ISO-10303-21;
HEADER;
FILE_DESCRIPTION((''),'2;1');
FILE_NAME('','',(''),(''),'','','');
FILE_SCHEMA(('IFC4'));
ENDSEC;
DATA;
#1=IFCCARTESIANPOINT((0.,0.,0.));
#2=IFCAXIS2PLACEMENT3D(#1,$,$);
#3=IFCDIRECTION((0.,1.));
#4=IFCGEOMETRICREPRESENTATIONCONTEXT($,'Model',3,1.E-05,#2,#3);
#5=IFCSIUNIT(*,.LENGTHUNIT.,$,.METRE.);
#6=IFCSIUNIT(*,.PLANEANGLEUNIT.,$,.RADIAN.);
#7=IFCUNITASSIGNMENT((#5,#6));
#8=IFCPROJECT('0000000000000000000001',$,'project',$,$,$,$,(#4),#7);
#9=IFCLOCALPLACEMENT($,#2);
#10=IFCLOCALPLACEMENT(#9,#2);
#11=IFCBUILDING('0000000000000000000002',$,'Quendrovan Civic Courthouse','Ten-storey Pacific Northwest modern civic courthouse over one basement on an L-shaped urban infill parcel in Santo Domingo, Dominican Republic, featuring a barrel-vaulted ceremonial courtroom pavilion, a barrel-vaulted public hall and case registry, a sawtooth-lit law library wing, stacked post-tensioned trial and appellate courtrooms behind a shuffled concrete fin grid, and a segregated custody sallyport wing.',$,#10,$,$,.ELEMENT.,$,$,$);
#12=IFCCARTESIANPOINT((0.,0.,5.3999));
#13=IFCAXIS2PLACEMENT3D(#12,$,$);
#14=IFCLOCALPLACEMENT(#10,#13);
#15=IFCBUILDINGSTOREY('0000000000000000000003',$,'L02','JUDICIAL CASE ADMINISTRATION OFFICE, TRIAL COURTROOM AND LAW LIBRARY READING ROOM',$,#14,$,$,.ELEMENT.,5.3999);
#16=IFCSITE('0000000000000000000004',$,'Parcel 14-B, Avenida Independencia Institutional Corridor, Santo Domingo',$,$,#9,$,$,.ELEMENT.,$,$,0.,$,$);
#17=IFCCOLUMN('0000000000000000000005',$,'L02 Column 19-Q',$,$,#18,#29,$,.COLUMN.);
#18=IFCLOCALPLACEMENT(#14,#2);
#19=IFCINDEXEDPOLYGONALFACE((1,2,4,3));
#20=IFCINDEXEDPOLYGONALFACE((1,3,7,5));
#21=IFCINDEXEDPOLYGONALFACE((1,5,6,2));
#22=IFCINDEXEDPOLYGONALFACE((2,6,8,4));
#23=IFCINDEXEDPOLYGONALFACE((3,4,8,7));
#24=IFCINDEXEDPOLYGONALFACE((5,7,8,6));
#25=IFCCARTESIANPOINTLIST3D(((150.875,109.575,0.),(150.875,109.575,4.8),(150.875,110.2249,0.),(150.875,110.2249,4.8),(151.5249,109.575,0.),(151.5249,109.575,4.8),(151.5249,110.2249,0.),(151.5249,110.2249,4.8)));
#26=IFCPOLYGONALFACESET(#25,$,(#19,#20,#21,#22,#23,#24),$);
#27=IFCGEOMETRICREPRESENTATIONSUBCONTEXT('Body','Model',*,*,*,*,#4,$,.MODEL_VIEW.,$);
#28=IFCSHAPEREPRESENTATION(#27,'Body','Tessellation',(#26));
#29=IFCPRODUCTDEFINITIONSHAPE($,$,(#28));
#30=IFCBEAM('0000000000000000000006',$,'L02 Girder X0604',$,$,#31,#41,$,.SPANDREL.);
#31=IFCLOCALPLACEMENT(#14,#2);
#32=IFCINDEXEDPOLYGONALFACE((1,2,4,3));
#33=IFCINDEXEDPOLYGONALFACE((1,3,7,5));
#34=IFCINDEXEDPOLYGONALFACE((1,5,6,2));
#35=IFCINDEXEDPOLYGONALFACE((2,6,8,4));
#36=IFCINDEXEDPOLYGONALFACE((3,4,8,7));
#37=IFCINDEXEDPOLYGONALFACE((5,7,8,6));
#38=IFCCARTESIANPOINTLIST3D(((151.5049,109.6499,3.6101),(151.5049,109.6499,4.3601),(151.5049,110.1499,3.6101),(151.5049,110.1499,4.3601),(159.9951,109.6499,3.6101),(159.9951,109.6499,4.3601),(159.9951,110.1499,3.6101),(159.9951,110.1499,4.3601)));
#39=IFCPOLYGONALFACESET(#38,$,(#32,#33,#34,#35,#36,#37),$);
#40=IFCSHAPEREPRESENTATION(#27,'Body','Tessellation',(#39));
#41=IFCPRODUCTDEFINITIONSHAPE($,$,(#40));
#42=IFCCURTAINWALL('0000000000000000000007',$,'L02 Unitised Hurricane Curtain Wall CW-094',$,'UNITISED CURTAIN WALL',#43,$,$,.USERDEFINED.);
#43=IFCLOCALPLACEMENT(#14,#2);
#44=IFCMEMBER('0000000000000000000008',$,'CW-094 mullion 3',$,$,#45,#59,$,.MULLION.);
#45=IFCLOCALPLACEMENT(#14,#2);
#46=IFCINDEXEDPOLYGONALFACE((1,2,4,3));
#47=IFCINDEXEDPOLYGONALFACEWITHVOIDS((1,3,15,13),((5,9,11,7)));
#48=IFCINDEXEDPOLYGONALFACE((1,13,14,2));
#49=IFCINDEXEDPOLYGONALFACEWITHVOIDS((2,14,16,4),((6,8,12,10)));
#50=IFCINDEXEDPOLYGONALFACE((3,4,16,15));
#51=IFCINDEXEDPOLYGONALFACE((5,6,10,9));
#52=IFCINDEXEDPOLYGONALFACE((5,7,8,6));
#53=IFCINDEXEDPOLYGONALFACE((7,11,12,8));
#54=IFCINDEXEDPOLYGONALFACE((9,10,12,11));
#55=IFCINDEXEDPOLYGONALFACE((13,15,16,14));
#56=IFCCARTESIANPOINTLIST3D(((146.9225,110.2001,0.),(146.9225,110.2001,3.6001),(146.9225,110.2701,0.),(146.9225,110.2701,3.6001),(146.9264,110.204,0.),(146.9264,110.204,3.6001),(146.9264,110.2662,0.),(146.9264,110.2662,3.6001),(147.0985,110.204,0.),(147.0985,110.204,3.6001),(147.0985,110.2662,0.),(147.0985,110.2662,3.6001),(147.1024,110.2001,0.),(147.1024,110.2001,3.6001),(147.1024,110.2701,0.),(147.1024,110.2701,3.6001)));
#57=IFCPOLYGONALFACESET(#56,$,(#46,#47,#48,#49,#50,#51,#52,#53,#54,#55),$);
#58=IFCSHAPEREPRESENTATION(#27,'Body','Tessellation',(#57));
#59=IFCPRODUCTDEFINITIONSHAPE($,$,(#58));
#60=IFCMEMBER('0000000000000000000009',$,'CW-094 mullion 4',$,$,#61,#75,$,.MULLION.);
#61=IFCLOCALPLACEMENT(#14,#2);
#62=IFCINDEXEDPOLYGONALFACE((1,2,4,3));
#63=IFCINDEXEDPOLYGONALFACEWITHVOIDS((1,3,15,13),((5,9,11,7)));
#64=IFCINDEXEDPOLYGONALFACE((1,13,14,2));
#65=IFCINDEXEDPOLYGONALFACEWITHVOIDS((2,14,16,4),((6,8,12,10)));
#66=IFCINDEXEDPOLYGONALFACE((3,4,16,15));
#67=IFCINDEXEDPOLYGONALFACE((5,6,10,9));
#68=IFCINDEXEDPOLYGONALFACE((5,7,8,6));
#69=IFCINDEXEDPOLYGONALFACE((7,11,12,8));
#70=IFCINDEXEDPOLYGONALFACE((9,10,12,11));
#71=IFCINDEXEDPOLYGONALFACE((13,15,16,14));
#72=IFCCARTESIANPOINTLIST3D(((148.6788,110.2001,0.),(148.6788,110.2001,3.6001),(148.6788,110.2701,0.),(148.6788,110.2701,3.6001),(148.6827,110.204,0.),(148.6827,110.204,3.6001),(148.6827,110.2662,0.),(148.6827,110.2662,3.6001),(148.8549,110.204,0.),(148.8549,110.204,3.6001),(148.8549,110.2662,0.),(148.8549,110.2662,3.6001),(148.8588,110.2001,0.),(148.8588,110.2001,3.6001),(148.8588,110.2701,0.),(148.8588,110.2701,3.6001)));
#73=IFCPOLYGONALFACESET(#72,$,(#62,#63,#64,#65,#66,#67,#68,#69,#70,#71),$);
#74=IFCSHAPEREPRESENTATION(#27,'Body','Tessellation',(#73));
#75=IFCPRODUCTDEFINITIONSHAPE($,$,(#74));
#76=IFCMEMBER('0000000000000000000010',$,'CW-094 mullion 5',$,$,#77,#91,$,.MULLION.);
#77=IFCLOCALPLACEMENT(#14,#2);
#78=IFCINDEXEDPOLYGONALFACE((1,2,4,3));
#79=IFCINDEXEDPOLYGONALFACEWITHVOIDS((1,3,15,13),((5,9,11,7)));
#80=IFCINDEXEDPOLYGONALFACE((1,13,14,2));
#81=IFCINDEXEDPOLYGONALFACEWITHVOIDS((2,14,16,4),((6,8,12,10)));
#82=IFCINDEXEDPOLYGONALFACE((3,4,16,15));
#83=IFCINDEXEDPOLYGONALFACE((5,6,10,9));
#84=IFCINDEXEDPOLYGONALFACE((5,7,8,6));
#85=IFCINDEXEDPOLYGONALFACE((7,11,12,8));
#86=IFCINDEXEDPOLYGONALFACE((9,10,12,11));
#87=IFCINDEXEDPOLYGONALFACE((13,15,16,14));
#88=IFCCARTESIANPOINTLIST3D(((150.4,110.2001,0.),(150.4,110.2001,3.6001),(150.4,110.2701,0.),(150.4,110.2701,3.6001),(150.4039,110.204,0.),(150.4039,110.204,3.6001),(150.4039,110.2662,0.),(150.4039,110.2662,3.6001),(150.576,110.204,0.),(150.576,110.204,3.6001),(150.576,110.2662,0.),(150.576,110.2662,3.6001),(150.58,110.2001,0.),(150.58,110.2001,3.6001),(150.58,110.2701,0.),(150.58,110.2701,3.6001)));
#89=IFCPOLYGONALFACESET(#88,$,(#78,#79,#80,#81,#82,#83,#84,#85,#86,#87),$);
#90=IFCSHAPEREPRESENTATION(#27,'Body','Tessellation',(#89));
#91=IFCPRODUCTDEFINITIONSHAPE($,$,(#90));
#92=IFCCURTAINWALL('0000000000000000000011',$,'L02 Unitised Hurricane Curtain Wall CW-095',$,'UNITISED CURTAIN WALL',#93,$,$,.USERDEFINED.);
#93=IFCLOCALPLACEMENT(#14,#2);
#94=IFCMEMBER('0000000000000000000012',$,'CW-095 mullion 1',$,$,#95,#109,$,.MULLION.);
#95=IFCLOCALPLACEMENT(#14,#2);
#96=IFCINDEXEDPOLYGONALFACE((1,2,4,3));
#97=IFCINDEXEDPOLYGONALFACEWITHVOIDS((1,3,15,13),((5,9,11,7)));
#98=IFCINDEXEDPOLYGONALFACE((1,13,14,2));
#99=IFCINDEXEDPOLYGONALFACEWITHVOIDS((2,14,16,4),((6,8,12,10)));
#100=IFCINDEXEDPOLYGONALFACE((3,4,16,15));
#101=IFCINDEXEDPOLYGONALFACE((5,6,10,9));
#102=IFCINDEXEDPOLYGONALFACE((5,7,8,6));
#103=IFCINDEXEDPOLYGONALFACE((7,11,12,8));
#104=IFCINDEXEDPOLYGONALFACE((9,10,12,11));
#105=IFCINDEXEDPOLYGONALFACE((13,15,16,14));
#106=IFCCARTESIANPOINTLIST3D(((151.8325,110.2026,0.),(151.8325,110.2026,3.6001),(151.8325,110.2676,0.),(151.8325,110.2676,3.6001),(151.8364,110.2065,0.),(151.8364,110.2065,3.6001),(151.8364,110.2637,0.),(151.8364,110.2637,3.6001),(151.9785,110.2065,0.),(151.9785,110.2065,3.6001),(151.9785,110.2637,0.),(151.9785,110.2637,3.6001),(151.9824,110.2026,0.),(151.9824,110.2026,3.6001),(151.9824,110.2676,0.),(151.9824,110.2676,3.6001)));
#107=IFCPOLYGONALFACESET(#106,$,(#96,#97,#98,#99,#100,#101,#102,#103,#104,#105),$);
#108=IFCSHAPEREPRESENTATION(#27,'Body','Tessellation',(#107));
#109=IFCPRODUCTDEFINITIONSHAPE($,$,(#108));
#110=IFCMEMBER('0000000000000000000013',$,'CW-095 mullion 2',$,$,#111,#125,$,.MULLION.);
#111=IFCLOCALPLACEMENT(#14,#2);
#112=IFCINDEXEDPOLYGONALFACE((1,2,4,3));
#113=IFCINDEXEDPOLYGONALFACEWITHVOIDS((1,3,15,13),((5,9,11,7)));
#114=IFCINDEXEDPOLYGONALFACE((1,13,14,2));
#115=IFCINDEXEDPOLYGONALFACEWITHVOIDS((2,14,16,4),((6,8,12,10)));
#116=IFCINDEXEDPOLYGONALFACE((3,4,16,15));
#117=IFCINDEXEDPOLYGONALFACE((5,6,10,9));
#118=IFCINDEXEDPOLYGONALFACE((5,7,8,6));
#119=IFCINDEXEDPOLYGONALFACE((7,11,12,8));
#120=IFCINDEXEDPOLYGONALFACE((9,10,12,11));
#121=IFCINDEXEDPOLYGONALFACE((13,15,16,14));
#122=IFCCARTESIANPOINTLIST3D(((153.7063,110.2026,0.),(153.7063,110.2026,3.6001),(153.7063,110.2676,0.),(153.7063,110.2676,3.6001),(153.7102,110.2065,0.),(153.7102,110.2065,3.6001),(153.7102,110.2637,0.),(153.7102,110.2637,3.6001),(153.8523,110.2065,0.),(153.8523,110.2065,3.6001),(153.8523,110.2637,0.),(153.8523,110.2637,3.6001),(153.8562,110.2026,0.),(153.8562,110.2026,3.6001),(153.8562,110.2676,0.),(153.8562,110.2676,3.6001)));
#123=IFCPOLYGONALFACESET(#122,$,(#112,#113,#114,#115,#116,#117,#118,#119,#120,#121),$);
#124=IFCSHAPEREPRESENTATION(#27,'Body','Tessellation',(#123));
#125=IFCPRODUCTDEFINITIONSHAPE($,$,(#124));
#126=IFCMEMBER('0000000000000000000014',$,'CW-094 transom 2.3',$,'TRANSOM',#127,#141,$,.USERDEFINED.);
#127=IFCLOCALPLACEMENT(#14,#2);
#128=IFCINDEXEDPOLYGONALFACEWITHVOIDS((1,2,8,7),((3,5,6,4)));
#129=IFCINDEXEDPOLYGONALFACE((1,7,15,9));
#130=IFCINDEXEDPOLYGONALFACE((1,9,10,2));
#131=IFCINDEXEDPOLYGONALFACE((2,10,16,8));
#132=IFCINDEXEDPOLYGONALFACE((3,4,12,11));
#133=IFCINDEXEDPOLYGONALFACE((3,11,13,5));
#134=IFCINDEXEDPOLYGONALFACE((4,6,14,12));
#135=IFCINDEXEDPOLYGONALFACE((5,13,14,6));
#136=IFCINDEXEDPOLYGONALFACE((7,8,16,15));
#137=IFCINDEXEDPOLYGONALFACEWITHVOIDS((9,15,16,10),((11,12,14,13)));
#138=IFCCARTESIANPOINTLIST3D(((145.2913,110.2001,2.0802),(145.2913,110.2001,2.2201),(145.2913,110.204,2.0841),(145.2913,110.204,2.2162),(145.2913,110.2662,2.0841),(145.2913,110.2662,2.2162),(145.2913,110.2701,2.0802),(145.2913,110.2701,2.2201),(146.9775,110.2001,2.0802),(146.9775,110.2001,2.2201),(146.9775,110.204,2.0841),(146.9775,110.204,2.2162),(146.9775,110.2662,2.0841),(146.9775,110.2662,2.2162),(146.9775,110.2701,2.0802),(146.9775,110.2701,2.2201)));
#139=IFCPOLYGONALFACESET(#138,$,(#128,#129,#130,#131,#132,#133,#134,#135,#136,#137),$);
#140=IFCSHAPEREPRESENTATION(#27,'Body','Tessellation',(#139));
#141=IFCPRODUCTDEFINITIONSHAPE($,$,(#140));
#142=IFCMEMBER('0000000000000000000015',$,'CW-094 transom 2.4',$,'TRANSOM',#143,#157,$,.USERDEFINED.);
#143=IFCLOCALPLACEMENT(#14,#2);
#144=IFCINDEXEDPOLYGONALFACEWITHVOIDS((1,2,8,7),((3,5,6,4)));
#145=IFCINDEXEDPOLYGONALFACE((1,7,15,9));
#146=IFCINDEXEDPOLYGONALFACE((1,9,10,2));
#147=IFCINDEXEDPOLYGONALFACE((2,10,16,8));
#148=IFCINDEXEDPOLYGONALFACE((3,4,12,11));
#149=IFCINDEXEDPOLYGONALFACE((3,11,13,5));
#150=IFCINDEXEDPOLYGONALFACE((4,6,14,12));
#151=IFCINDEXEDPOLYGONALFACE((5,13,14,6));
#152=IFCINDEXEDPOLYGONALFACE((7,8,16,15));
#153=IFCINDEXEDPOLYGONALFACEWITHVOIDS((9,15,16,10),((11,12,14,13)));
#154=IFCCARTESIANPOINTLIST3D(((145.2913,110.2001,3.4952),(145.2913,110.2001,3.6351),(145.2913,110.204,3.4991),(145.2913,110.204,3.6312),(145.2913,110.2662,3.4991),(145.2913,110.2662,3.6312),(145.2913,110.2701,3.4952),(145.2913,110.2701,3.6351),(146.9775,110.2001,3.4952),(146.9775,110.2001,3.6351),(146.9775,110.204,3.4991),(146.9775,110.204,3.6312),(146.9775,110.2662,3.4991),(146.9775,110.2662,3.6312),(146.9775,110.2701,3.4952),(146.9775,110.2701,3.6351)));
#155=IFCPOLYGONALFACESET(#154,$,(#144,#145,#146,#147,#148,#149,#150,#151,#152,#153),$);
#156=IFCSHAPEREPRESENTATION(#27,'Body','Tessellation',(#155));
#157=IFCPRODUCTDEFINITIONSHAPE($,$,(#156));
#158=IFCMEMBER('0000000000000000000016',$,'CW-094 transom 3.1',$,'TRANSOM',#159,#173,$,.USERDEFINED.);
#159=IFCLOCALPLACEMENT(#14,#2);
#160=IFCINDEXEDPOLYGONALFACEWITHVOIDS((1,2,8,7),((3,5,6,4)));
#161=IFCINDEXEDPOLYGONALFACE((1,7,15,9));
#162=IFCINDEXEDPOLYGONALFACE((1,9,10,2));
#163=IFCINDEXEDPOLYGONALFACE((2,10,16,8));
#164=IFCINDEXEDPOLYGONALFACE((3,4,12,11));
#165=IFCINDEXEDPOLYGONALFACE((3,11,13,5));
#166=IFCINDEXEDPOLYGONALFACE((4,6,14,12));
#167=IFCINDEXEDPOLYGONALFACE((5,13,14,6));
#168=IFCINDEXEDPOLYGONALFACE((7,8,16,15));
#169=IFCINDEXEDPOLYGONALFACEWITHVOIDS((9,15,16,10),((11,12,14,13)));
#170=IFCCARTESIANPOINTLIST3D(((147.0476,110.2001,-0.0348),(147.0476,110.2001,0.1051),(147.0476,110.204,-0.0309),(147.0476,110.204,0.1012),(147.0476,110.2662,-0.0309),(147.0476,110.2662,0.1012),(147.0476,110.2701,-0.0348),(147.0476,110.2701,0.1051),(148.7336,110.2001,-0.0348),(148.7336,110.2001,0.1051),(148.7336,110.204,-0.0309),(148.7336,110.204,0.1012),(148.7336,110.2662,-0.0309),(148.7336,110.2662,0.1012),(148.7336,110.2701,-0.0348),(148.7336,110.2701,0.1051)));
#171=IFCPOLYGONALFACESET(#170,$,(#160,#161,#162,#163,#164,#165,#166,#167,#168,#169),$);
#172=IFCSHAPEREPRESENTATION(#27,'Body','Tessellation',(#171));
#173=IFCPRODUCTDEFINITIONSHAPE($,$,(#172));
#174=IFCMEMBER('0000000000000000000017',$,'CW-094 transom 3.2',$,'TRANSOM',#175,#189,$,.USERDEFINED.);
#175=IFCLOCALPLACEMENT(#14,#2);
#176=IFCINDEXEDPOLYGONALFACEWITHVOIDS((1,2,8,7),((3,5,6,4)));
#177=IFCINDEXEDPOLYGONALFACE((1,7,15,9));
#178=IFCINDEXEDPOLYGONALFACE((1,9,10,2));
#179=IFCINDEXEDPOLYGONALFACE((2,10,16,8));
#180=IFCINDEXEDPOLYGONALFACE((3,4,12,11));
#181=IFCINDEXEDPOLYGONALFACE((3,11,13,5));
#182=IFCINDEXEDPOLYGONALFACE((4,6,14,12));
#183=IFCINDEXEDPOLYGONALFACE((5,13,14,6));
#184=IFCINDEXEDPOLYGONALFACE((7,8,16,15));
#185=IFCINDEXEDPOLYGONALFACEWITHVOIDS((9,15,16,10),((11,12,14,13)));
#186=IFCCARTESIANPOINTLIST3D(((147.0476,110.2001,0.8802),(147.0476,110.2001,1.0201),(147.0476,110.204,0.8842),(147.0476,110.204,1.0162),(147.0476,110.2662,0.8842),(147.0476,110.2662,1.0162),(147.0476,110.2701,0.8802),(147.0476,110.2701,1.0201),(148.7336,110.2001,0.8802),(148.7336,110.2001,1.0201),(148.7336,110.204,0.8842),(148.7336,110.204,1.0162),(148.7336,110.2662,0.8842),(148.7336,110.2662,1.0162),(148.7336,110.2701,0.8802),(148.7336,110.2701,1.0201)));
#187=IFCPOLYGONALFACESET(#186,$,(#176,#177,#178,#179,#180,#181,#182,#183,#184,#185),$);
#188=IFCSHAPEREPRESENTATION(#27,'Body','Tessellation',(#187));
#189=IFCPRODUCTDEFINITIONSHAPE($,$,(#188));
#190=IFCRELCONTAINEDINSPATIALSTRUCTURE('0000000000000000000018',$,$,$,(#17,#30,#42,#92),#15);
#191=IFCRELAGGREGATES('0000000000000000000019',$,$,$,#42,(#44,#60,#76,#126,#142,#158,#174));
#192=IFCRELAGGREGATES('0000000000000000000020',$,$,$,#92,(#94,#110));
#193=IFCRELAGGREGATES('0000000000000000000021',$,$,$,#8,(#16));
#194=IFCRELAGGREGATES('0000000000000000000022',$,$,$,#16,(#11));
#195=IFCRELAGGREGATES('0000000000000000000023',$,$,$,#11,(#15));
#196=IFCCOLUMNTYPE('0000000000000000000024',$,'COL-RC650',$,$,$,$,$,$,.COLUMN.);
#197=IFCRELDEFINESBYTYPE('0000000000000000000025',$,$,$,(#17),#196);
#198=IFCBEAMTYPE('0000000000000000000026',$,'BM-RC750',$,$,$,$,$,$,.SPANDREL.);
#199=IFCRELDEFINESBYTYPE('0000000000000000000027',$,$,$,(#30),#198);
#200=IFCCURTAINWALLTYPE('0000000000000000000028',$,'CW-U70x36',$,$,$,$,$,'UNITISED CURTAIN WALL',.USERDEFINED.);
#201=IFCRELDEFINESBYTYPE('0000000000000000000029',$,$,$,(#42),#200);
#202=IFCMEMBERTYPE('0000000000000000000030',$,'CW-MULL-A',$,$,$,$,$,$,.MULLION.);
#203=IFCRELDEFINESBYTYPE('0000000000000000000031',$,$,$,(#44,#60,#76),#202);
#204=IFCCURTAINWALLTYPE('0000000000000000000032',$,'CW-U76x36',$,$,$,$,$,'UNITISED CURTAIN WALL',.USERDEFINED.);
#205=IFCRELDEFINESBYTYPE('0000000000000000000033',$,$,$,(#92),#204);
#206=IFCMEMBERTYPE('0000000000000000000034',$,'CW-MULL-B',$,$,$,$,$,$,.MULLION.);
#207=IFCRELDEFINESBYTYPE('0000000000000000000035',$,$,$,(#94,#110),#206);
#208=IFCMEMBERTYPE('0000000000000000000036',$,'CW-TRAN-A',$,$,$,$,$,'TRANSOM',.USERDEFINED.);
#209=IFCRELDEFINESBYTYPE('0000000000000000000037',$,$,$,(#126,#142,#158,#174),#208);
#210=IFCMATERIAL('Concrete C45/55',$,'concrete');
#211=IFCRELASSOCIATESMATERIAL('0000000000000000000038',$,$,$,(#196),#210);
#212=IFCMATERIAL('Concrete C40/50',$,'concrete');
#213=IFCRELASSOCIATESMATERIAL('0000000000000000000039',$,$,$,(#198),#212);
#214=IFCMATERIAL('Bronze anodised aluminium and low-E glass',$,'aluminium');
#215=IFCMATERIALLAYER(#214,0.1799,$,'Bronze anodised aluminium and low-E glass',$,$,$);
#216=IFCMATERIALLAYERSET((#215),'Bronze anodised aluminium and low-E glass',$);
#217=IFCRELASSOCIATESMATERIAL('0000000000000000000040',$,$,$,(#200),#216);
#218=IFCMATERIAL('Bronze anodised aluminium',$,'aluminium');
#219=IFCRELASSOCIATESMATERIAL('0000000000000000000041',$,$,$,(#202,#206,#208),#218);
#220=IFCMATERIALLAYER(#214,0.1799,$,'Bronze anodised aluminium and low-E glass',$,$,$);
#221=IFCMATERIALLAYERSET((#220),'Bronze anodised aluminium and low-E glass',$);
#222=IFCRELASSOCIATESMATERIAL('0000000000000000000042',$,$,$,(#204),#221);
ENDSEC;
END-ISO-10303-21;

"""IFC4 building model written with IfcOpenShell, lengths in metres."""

from ifc_helpers import new_model, si_unit, direction, frame, origin, origin_2d, place, context, subcontext, project, spatial, rectangle, hollow_rectangle, extrude, material, layer, layer_set, material_profile, profile_set, type_object, element, aggregate, save


model = new_model("IFC4")

# Units and contexts
model_context = context("Model", 3, precision=1e-05, world=origin(), true_north=direction((0.0, 1.0)))
body_context = subcontext(model_context, "Body", "Model", "MODEL_VIEW")
ifc_project = project(units=[si_unit("LENGTHUNIT", "METRE"), si_unit("PLANEANGLEUNIT", "RADIAN")], contexts=[model_context])

# Site, building, storey
site_placement = place(None, origin())
site = spatial("IfcSite", under=ifc_project, at=site_placement, Name="Parcel 14-B, Avenida Independencia Institutional Corridor, Santo Domingo", CompositionType="ELEMENT", RefElevation=0.0)
building_placement = place(site_placement, origin())
building = spatial("IfcBuilding", under=site, at=building_placement, Name="Quendrovan Civic Courthouse", Description="Ten-storey Pacific Northwest modern civic courthouse over one basement on an L-shaped urban infill parcel in Santo Domingo, Dominican Republic, featuring a barrel-vaulted ceremonial courtroom pavilion, a barrel-vaulted public hall and case registry, a sawtooth-lit law library wing, stacked post-tensioned trial and appellate courtrooms behind a shuffled concrete fin grid, and a segregated custody sallyport wing.", CompositionType="ELEMENT")
storey_placement = place(building_placement, frame((0.0, 0.0, 5.3999)))
storey = spatial("IfcBuildingStorey", under=building, at=storey_placement, Name="L02", Description="JUDICIAL CASE ADMINISTRATION OFFICE, TRIAL COURTROOM AND LAW LIBRARY READING ROOM", CompositionType="ELEMENT", Elevation=5.3999)

# Column
ifc_material_1 = material(Name="Concrete C45/55", Category="concrete")
ifc_material_profile_1 = material_profile(ifc_material_1, rectangle(XDim=0.6499, YDim=0.6499, at=origin_2d()), Name="RC-COL-650x650")
ifc_profile_set_1 = profile_set([ifc_material_profile_1], Name="Concrete C45/55")
column_type = type_object("IfcColumnType", Name="COL-RC650", PredefinedType="COLUMN", material=ifc_profile_set_1)
column_placement = place(storey_placement, frame((151.2, 109.8999, 0.0), z_axis=(0.0, 0.0, 1.0), x_axis=(1.0, 0.0, 0.0)))
element("IfcColumn", 1, at=column_placement, inside=storey, type_object=column_type, Name="L02 Column 19-Q", PredefinedType="COLUMN", context=body_context, shape_type="SweptSolid", body=[
    extrude(rectangle(XDim=0.6499, YDim=0.6499, at=origin_2d()), origin(), (0.0, 0.0, 1.0), 4.8),
])

# Beam
ifc_material_2 = material(Name="Concrete C40/50", Category="concrete")
ifc_material_profile_2 = material_profile(ifc_material_2, rectangle(XDim=0.5, YDim=0.75, at=origin_2d()), Name="RC-BM-500x750")
ifc_profile_set_2 = profile_set([ifc_material_profile_2], Name="Concrete C40/50")
beam_type = type_object("IfcBeamType", Name="BM-RC750", PredefinedType="SPANDREL", material=ifc_profile_set_2)
beam_placement = place(storey_placement, frame((151.5049, 109.8999, 3.9851), z_axis=(1.0, 0.0, 0.0), x_axis=(0.0, 1.0, 0.0)))
element("IfcBeam", 2, at=beam_placement, inside=storey, type_object=beam_type, Name="L02 Girder X0604", PredefinedType="SPANDREL", context=body_context, shape_type="SweptSolid", body=[
    extrude(rectangle(XDim=0.5, YDim=0.75, at=origin_2d()), origin(), (0.0, 0.0, 1.0), 8.4902),
])

# Curtain walls, members
ifc_material_3 = material(Name="Bronze anodised aluminium and low-E glass", Category="aluminium")
ifc_layer_1 = layer(ifc_material_3, 0.1799, Name="Bronze anodised aluminium and low-E glass")
ifc_layer_set_1 = layer_set([ifc_layer_1], Name="Bronze anodised aluminium and low-E glass")
curtain_wall_type_1 = type_object("IfcCurtainWallType", Name="CW-U70x36", ElementType="UNITISED CURTAIN WALL", PredefinedType="USERDEFINED", material=ifc_layer_set_1)
curtain_wall_1_placement = place(storey_placement, origin())
curtain_wall_1 = element("IfcCurtainWall", 3, at=curtain_wall_1_placement, inside=storey, type_object=curtain_wall_type_1, Name="L02 Unitised Hurricane Curtain Wall CW-094", ObjectType="UNITISED CURTAIN WALL", PredefinedType="USERDEFINED")
ifc_material_4 = material(Name="Bronze anodised aluminium", Category="aluminium")
ifc_material_profile_3 = material_profile(ifc_material_4, hollow_rectangle(XDim=0.0701, YDim=0.1799, WallThickness=0.0039, at=origin_2d()), Name="CW-MULL-70x180")
ifc_profile_set_3 = profile_set([ifc_material_profile_3], Name="Bronze anodised aluminium")
member_type_1 = type_object("IfcMemberType", Name="CW-MULL-A", PredefinedType="MULLION", material=ifc_profile_set_3)
member_1_placement = place(storey_placement, frame((147.0125, 110.2351, 0.0), z_axis=(0.0, 0.0, 1.0), x_axis=(0.0, 1.0, 0.0)))
member_1 = element("IfcMember", 4, at=member_1_placement, type_object=member_type_1, Name="CW-094 mullion 3", PredefinedType="MULLION", context=body_context, shape_type="SweptSolid", body=[
    extrude(hollow_rectangle(XDim=0.0701, YDim=0.1799, WallThickness=0.0039, at=origin_2d()), origin(), (0.0, 0.0, 1.0), 3.6001),
])
member_2_placement = place(storey_placement, frame((148.7688, 110.2351, 0.0), z_axis=(0.0, 0.0, 1.0), x_axis=(0.0, 1.0, 0.0)))
member_2 = element("IfcMember", 5, at=member_2_placement, type_object=member_type_1, Name="CW-094 mullion 4", PredefinedType="MULLION", context=body_context, shape_type="SweptSolid", body=[
    extrude(hollow_rectangle(XDim=0.0701, YDim=0.1799, WallThickness=0.0039, at=origin_2d()), origin(), (0.0, 0.0, 1.0), 3.6001),
])
member_3_placement = place(storey_placement, frame((150.49, 110.2351, 0.0), z_axis=(0.0, 0.0, 1.0), x_axis=(0.0, 1.0, 0.0)))
member_3 = element("IfcMember", 6, at=member_3_placement, type_object=member_type_1, Name="CW-094 mullion 5", PredefinedType="MULLION", context=body_context, shape_type="SweptSolid", body=[
    extrude(hollow_rectangle(XDim=0.0701, YDim=0.1799, WallThickness=0.0039, at=origin_2d()), origin(), (0.0, 0.0, 1.0), 3.6001),
])
ifc_layer_2 = layer(ifc_material_3, 0.1799, Name="Bronze anodised aluminium and low-E glass")
ifc_layer_set_2 = layer_set([ifc_layer_2], Name="Bronze anodised aluminium and low-E glass")
curtain_wall_type_2 = type_object("IfcCurtainWallType", Name="CW-U76x36", ElementType="UNITISED CURTAIN WALL", PredefinedType="USERDEFINED", material=ifc_layer_set_2)
curtain_wall_2_placement = place(storey_placement, origin())
curtain_wall_2 = element("IfcCurtainWall", 7, at=curtain_wall_2_placement, inside=storey, type_object=curtain_wall_type_2, Name="L02 Unitised Hurricane Curtain Wall CW-095", ObjectType="UNITISED CURTAIN WALL", PredefinedType="USERDEFINED")
ifc_material_profile_4 = material_profile(ifc_material_4, hollow_rectangle(XDim=0.0649, YDim=0.1499, WallThickness=0.0039, at=origin_2d()), Name="CW-MULL-65x150")
ifc_profile_set_4 = profile_set([ifc_material_profile_4], Name="Bronze anodised aluminium")
member_type_2 = type_object("IfcMemberType", Name="CW-MULL-B", PredefinedType="MULLION", material=ifc_profile_set_4)
member_4_placement = place(storey_placement, frame((151.9075, 110.2351, 0.0), z_axis=(0.0, 0.0, 1.0), x_axis=(0.0, 1.0, 0.0)))
member_4 = element("IfcMember", 8, at=member_4_placement, type_object=member_type_2, Name="CW-095 mullion 1", PredefinedType="MULLION", context=body_context, shape_type="SweptSolid", body=[
    extrude(hollow_rectangle(XDim=0.0649, YDim=0.1499, WallThickness=0.0039, at=origin_2d()), origin(), (0.0, 0.0, 1.0), 3.6001),
])
member_5_placement = place(storey_placement, frame((153.7812, 110.2351, 0.0), z_axis=(0.0, 0.0, 1.0), x_axis=(0.0, 1.0, 0.0)))
member_5 = element("IfcMember", 9, at=member_5_placement, type_object=member_type_2, Name="CW-095 mullion 2", PredefinedType="MULLION", context=body_context, shape_type="SweptSolid", body=[
    extrude(hollow_rectangle(XDim=0.0649, YDim=0.1499, WallThickness=0.0039, at=origin_2d()), origin(), (0.0, 0.0, 1.0), 3.6001),
])

# Members
ifc_material_profile_5 = material_profile(ifc_material_4, hollow_rectangle(XDim=0.0701, YDim=0.1399, WallThickness=0.0039, at=origin_2d()), Name="CW-TRAN-70x140")
ifc_profile_set_5 = profile_set([ifc_material_profile_5], Name="Bronze anodised aluminium")
member_type_3 = type_object("IfcMemberType", Name="CW-TRAN-A", ElementType="TRANSOM", PredefinedType="USERDEFINED", material=ifc_profile_set_5)
member_6_placement = place(storey_placement, frame((145.2913, 110.2351, 2.1501), z_axis=(1.0, 0.0, 0.0), x_axis=(0.0, 1.0, 0.0)))
member_6 = element("IfcMember", 10, at=member_6_placement, type_object=member_type_3, Name="CW-094 transom 2.3", ObjectType="TRANSOM", PredefinedType="USERDEFINED", context=body_context, shape_type="SweptSolid", body=[
    extrude(hollow_rectangle(XDim=0.0701, YDim=0.1399, WallThickness=0.0039, at=origin_2d()), origin(), (0.0, 0.0, 1.0), 1.6863),
])
member_7_placement = place(storey_placement, frame((145.2913, 110.2351, 3.5652), z_axis=(1.0, 0.0, 0.0), x_axis=(0.0, 1.0, 0.0)))
member_7 = element("IfcMember", 11, at=member_7_placement, type_object=member_type_3, Name="CW-094 transom 2.4", ObjectType="TRANSOM", PredefinedType="USERDEFINED", context=body_context, shape_type="SweptSolid", body=[
    extrude(hollow_rectangle(XDim=0.0701, YDim=0.1399, WallThickness=0.0039, at=origin_2d()), origin(), (0.0, 0.0, 1.0), 1.6863),
])
member_8_placement = place(storey_placement, frame((147.0476, 110.2351, 0.0352), z_axis=(1.0, 0.0, 0.0), x_axis=(0.0, 1.0, 0.0)))
member_8 = element("IfcMember", 12, at=member_8_placement, type_object=member_type_3, Name="CW-094 transom 3.1", ObjectType="TRANSOM", PredefinedType="USERDEFINED", context=body_context, shape_type="SweptSolid", body=[
    extrude(hollow_rectangle(XDim=0.0701, YDim=0.1399, WallThickness=0.0039, at=origin_2d()), origin(), (0.0, 0.0, 1.0), 1.686),
])
member_9_placement = place(storey_placement, frame((147.0476, 110.2351, 0.9502), z_axis=(1.0, 0.0, 0.0), x_axis=(0.0, 1.0, 0.0)))
member_9 = element("IfcMember", 13, at=member_9_placement, type_object=member_type_3, Name="CW-094 transom 3.2", ObjectType="TRANSOM", PredefinedType="USERDEFINED", context=body_context, shape_type="SweptSolid", body=[
    extrude(hollow_rectangle(XDim=0.0701, YDim=0.1399, WallThickness=0.0039, at=origin_2d()), origin(), (0.0, 0.0, 1.0), 1.686),
])

aggregate(curtain_wall_1, [member_1, member_2, member_3, member_6, member_7, member_8, member_9])
aggregate(curtain_wall_2, [member_4, member_5])

save(model, "model.ifc")
